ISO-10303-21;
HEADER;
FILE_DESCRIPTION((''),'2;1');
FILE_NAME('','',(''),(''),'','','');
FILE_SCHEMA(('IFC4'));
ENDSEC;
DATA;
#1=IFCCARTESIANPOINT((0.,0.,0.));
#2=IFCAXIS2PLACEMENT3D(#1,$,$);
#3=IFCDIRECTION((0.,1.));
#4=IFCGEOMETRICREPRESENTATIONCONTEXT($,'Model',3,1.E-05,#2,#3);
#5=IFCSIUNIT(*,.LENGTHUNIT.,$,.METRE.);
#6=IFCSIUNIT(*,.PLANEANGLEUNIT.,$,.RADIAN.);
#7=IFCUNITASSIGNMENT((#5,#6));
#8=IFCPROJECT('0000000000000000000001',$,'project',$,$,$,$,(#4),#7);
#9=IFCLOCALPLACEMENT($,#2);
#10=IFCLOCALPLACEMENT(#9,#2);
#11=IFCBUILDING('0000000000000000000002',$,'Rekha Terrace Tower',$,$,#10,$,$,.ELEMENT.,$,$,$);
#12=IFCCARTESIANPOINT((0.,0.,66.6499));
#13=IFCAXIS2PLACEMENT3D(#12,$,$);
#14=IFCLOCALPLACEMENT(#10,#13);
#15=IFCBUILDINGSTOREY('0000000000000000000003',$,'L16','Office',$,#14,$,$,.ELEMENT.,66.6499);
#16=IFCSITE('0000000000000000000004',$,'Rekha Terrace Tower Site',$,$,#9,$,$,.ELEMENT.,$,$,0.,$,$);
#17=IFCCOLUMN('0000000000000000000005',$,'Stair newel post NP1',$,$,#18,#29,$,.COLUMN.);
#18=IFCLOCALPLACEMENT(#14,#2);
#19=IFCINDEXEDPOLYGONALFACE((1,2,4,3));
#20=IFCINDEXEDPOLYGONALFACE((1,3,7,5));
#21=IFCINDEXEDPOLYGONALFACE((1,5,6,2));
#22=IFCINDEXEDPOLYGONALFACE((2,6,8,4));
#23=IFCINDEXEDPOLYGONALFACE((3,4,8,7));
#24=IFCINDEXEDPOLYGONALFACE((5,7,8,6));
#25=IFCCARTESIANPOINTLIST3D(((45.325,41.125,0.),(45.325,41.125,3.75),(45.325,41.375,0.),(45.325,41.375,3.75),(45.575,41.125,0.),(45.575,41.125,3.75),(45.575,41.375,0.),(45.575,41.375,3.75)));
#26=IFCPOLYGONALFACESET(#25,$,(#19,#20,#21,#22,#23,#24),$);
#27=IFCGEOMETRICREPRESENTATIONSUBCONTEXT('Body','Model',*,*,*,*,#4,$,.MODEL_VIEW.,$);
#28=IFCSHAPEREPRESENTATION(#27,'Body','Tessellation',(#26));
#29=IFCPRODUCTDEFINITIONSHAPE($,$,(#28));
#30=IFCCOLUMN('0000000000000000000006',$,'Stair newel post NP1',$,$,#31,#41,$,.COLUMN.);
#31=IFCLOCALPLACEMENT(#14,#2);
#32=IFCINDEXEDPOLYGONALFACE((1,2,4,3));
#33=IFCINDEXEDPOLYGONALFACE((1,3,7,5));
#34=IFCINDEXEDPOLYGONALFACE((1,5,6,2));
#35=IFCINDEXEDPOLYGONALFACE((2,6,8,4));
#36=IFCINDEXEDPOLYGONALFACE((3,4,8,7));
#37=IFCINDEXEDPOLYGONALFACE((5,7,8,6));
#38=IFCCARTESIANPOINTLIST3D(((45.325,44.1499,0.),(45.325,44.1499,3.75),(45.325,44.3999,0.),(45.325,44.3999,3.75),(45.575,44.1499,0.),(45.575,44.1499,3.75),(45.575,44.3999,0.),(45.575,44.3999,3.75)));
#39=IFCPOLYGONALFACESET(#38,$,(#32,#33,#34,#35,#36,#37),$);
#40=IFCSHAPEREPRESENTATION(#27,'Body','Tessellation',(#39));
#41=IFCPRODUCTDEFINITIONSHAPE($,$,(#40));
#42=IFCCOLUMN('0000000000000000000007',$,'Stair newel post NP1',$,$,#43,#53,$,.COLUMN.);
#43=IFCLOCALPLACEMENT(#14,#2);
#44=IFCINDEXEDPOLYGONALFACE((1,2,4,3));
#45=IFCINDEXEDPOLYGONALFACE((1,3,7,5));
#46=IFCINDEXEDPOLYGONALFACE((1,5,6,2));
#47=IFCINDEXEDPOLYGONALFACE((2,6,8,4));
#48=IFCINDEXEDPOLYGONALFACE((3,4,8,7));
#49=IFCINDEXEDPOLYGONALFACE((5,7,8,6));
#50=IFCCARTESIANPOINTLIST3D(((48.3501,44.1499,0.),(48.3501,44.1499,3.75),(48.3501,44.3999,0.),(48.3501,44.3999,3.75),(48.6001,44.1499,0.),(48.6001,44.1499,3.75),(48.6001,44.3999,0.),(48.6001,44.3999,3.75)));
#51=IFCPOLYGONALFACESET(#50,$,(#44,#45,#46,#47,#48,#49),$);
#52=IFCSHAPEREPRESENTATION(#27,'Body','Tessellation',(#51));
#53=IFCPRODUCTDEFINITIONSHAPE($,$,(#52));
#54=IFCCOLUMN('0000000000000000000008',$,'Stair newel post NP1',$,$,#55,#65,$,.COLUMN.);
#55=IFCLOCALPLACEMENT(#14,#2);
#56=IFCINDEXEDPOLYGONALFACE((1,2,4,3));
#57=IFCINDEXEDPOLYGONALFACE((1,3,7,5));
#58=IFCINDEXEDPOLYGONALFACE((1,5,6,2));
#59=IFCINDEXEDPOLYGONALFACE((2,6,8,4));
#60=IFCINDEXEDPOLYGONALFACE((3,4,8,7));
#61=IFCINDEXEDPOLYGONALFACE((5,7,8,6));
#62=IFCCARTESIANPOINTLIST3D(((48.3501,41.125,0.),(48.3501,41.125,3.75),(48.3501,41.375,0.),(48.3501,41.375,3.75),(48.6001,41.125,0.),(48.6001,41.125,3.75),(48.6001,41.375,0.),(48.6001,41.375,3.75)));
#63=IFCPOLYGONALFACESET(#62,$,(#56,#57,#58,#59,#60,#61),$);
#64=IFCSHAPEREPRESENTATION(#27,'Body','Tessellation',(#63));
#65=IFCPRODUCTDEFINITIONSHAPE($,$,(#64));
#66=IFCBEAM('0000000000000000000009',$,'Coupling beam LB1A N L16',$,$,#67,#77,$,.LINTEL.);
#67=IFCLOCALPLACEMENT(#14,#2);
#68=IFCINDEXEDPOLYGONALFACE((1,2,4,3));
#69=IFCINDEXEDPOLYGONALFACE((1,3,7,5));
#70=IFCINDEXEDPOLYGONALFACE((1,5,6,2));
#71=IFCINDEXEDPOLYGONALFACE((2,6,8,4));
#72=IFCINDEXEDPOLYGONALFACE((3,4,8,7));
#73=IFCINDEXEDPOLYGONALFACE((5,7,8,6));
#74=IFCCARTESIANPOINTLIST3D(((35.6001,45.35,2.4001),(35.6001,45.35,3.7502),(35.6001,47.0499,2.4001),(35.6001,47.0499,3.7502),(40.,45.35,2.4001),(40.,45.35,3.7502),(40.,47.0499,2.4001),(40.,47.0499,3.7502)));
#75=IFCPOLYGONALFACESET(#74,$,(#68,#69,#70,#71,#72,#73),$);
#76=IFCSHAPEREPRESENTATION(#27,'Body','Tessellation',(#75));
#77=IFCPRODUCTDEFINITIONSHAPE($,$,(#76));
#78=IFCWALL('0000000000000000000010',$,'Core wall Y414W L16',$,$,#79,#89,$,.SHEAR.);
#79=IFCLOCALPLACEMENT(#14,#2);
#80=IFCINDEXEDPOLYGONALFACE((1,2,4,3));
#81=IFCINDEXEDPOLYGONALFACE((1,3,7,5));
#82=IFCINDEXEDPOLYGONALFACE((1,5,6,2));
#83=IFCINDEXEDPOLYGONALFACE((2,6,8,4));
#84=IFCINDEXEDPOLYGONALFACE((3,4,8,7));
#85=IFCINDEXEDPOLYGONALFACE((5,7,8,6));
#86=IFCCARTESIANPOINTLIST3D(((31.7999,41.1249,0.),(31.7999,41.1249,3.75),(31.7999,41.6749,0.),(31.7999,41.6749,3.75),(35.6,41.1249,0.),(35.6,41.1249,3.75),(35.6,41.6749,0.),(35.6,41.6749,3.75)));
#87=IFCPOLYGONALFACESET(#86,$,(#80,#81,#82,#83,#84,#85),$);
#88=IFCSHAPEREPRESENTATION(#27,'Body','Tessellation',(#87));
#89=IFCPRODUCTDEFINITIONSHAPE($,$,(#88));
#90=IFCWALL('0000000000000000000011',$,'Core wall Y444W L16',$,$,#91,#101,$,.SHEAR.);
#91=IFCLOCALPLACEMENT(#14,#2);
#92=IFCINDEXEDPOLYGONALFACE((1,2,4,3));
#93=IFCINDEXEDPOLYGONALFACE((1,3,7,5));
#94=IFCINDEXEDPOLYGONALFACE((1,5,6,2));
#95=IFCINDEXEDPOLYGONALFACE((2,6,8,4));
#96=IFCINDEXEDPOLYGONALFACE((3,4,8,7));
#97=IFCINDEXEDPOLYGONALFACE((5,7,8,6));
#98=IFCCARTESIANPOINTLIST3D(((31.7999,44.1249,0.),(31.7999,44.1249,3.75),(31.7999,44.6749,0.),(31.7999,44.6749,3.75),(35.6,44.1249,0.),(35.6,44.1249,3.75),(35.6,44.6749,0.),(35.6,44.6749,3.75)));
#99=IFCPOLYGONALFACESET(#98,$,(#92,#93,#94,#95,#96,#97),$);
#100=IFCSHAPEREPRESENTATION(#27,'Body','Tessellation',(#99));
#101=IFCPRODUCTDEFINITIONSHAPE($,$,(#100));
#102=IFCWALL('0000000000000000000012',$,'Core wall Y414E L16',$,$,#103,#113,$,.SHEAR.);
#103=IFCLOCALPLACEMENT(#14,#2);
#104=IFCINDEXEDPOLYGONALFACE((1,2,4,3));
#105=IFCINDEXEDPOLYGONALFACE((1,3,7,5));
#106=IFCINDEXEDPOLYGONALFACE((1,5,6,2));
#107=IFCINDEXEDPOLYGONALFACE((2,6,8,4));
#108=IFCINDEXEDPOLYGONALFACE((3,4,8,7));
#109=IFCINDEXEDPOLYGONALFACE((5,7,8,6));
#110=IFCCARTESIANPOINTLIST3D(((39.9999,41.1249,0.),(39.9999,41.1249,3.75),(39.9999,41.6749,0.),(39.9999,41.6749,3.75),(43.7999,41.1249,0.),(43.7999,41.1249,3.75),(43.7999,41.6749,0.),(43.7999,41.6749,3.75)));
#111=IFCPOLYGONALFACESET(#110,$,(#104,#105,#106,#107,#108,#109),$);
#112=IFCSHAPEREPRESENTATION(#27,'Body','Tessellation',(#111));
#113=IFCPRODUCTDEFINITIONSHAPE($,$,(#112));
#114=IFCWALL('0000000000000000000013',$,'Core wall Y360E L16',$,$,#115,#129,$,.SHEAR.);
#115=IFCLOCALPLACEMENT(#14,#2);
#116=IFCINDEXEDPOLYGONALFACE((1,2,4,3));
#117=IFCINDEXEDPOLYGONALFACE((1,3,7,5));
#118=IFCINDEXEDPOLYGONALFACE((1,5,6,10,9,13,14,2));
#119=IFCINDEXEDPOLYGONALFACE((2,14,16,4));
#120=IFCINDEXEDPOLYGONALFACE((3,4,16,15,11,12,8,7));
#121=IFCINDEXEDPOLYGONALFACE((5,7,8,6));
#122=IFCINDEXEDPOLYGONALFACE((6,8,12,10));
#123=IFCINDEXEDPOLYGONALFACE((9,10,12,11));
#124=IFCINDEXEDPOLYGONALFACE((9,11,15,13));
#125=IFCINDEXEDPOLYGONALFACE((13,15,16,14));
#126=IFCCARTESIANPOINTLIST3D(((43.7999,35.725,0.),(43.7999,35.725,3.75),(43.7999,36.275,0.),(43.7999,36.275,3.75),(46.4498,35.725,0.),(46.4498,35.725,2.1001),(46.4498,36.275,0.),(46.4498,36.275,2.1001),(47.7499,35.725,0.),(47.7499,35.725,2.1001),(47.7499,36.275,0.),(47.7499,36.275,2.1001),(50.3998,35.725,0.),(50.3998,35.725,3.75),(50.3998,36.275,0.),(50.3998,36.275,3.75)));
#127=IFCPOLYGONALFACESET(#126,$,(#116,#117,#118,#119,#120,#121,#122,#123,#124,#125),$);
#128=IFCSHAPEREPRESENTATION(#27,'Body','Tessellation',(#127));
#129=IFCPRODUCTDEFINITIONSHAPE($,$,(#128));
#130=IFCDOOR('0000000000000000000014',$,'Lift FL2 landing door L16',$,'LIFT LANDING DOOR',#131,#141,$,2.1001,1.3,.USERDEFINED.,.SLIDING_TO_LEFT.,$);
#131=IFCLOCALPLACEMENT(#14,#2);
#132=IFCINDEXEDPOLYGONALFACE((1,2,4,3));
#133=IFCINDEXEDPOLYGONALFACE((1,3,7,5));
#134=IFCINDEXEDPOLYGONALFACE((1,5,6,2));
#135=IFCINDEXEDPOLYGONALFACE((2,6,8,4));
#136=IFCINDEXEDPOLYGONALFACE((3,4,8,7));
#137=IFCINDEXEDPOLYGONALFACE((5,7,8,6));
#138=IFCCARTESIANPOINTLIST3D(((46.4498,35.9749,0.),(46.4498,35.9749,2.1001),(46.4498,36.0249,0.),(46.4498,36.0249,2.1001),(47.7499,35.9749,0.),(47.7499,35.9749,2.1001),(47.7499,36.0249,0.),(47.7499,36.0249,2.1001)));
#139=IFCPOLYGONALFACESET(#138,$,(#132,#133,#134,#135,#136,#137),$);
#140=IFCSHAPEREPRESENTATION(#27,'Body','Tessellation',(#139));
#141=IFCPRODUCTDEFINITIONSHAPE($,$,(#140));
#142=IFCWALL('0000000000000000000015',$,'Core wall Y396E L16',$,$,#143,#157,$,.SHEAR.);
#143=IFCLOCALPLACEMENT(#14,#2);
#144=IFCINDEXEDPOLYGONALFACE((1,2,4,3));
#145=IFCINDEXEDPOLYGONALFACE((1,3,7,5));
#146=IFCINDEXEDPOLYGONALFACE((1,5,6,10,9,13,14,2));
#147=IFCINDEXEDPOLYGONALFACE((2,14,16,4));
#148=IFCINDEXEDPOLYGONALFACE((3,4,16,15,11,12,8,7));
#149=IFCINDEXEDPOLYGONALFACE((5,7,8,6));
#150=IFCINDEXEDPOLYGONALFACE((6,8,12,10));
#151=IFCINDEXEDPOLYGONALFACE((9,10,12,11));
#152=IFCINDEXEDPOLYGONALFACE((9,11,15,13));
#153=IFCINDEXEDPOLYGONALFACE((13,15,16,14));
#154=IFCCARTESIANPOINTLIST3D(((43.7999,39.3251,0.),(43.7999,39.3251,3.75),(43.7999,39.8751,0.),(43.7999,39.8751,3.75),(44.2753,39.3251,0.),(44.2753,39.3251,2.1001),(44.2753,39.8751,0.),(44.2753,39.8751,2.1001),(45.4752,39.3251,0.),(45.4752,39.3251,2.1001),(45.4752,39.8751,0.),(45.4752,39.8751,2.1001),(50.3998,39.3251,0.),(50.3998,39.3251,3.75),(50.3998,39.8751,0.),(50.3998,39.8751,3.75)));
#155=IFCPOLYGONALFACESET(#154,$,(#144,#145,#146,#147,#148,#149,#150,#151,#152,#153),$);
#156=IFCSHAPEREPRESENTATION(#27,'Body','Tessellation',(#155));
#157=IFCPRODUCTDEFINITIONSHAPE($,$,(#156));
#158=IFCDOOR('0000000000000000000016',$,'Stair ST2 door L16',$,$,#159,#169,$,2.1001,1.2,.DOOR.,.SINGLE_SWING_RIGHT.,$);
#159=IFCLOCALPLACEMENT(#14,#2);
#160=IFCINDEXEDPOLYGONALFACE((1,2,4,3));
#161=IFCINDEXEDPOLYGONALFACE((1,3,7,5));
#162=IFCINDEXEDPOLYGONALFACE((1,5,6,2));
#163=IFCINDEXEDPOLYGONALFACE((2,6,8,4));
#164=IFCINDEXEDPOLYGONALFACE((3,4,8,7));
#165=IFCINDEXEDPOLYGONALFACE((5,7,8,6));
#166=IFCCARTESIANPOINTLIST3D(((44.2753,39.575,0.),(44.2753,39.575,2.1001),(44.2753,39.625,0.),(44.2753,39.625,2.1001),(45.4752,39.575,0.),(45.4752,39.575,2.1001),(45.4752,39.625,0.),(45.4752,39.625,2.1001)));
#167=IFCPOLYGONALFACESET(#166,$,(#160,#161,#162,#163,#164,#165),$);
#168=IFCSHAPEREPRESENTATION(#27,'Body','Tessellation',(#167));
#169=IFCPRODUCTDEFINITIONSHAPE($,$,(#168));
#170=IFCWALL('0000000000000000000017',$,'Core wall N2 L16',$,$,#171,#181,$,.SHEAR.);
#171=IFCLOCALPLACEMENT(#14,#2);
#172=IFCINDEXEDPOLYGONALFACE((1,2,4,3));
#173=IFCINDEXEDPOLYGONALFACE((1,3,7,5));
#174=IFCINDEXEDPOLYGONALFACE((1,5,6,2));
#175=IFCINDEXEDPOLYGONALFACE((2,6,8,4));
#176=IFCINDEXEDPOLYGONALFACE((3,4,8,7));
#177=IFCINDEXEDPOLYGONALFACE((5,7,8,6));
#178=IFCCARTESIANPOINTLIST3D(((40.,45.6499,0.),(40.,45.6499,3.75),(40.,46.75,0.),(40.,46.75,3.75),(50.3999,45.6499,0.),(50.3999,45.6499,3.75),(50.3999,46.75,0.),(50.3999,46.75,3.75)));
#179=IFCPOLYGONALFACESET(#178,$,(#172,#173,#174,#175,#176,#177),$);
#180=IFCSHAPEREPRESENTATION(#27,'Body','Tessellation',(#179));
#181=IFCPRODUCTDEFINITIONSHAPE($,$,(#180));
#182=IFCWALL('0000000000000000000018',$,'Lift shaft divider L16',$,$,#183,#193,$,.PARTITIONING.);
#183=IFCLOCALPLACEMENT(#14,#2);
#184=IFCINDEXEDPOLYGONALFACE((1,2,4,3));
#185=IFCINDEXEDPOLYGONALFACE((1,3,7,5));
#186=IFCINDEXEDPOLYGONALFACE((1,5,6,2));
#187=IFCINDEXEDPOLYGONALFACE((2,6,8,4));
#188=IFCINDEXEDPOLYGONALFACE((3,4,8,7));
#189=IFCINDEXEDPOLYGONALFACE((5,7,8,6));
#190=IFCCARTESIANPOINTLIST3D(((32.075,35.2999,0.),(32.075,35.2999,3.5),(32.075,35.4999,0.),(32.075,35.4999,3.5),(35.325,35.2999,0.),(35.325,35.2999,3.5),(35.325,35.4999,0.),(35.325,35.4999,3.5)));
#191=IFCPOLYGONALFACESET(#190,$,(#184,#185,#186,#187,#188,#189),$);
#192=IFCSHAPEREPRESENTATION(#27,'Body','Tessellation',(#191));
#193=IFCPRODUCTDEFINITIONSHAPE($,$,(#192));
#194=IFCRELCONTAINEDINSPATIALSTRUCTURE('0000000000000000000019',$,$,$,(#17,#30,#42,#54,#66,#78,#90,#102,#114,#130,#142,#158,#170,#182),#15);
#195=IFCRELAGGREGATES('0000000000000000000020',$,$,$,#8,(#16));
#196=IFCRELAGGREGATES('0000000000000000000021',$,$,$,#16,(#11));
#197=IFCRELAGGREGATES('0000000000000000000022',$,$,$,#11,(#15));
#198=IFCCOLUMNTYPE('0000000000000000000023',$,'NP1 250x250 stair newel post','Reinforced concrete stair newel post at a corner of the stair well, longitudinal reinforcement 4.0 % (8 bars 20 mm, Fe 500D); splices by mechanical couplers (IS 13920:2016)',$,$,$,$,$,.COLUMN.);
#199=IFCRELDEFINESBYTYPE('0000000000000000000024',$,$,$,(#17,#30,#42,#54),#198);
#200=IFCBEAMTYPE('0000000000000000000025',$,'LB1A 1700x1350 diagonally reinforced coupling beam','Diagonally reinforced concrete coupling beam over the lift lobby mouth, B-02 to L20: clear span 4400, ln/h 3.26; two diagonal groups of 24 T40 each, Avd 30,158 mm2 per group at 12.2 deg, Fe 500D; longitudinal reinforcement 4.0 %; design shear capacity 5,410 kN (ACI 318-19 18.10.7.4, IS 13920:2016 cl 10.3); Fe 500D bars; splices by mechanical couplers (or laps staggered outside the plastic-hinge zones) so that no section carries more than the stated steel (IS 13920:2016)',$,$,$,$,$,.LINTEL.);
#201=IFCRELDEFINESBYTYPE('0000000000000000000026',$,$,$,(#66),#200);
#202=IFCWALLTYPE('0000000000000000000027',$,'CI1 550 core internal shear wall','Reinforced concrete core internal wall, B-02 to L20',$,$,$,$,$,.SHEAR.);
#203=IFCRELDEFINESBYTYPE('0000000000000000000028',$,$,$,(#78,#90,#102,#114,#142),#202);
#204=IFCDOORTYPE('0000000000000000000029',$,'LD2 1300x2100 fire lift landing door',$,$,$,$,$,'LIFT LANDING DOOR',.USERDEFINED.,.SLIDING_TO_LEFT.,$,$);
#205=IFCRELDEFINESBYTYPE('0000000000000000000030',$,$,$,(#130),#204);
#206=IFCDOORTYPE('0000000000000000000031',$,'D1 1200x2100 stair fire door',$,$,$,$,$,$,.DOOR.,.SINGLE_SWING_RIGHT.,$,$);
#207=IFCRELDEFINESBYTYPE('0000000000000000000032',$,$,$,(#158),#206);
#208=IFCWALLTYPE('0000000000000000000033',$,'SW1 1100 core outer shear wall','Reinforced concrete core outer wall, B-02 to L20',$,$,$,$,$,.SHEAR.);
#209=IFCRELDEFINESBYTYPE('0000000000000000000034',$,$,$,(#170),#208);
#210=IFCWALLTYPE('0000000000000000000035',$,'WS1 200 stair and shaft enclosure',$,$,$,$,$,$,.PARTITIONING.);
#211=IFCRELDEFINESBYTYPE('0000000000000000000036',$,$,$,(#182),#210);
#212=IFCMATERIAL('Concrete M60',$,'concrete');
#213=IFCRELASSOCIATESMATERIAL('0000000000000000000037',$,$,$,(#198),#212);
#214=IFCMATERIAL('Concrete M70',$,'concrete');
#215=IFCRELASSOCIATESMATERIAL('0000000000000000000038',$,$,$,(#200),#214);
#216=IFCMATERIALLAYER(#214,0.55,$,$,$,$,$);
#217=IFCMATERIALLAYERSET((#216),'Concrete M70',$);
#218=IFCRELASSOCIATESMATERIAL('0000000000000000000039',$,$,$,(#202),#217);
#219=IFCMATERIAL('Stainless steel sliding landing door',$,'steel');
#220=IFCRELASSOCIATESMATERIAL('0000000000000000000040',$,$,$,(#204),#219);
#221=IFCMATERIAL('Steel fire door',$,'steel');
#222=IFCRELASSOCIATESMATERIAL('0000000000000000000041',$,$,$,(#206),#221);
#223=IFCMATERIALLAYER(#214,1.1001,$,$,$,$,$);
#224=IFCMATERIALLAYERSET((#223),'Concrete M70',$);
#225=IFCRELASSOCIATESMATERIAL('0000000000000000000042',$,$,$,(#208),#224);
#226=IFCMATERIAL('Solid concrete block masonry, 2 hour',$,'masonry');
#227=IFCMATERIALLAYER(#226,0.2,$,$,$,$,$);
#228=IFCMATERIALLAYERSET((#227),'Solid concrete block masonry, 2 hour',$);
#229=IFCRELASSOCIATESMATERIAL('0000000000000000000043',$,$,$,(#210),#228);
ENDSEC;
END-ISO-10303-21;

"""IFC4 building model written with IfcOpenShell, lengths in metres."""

from ifc_helpers import new_model, si_unit, direction, frame, frame_2d, origin, origin_2d, place, context, subcontext, project, spatial, rectangle, extrude, material, layer, layer_set, material_profile, profile_set, type_object, element, fill, save


model = new_model("IFC4")

# Units and contexts
model_context = context("Model", 3, precision=1e-05, world=origin(), true_north=direction((0.0, 1.0)))
body_context = subcontext(model_context, "Body", "Model", "MODEL_VIEW")
ifc_project = project(units=[si_unit("LENGTHUNIT", "METRE"), si_unit("PLANEANGLEUNIT", "RADIAN")], contexts=[model_context])

# Site, building, storey
site_placement = place(None, origin())
site = spatial("IfcSite", under=ifc_project, at=site_placement, Name="Rekha Terrace Tower Site", CompositionType="ELEMENT", RefElevation=0.0)
building_placement = place(site_placement, origin())
building = spatial("IfcBuilding", under=site, at=building_placement, Name="Rekha Terrace Tower", CompositionType="ELEMENT")
storey_placement = place(building_placement, frame((0.0, 0.0, 66.6499)))
storey = spatial("IfcBuildingStorey", under=building, at=storey_placement, Name="L16", Description="Office", CompositionType="ELEMENT", Elevation=66.6499)

# Columns
ifc_material_1 = material(Name="Concrete M60", Category="concrete")
ifc_material_profile_1 = material_profile(ifc_material_1, rectangle(XDim=0.25, YDim=0.25, at=origin_2d()), Name="RC 250x250")
ifc_profile_set_1 = profile_set([ifc_material_profile_1], Name="Concrete M60")
column_type = type_object("IfcColumnType", Name="NP1 250x250 stair newel post", Description="Reinforced concrete stair newel post at a corner of the stair well, longitudinal reinforcement 4.0 % (8 bars 20 mm, Fe 500D); splices by mechanical couplers (IS 13920:2016)", PredefinedType="COLUMN", material=ifc_profile_set_1)
for number, where, z_axis, x_axis, name in (
    (1, (45.45, 41.25, 0.0), (0.0, 0.0, 1.0), (1.0, 0.0, 0.0), "Stair newel post NP1"),
    (2, (45.45, 44.2749, 0.0), (0.0, 0.0, 1.0), (1.0, 0.0, 0.0), "Stair newel post NP1"),
    (3, (48.4751, 44.2749, 0.0), (0.0, 0.0, 1.0), (1.0, 0.0, 0.0), "Stair newel post NP1"),
    (4, (48.4751, 41.25, 0.0), (0.0, 0.0, 1.0), (1.0, 0.0, 0.0), "Stair newel post NP1"),
):
    element("IfcColumn", number, at=place(storey_placement, frame(where, z_axis=z_axis, x_axis=x_axis)), inside=storey, type_object=column_type, Name=name, PredefinedType="COLUMN", context=body_context, shape_type="SweptSolid", body=[
        extrude(rectangle(XDim=0.25, YDim=0.25, at=origin_2d()), origin(), (0.0, 0.0, 1.0), 3.75),
    ])

# Beam
ifc_material_2 = material(Name="Concrete M70", Category="concrete")
ifc_material_profile_2 = material_profile(ifc_material_2, rectangle(XDim=1.7, YDim=1.3501, at=origin_2d()), Name="RC 1700x1350")
ifc_profile_set_2 = profile_set([ifc_material_profile_2], Name="Concrete M70")
beam_type = type_object("IfcBeamType", Name="LB1A 1700x1350 diagonally reinforced coupling beam", Description="Diagonally reinforced concrete coupling beam over the lift lobby mouth, B-02 to L20: clear span 4400, ln/h 3.26; two diagonal groups of 24 T40 each, Avd 30,158 mm2 per group at 12.2 deg, Fe 500D; longitudinal reinforcement 4.0 %; design shear capacity 5,410 kN (ACI 318-19 18.10.7.4, IS 13920:2016 cl 10.3); Fe 500D bars; splices by mechanical couplers (or laps staggered outside the plastic-hinge zones) so that no section carries more than the stated steel (IS 13920:2016)", PredefinedType="LINTEL", material=ifc_profile_set_2)
beam_placement = place(storey_placement, frame((35.6001, 46.2, 3.0752), z_axis=(1.0, 0.0, 0.0), x_axis=(0.0, 1.0, 0.0)))
element("IfcBeam", 5, at=beam_placement, inside=storey, type_object=beam_type, Name="Coupling beam LB1A N L16", PredefinedType="LINTEL", context=body_context, shape_type="SweptSolid", body=[
    extrude(rectangle(XDim=1.7, YDim=1.3501, at=origin_2d()), origin(), (0.0, 0.0, 1.0), 4.3999),
])

# Walls
ifc_layer_1 = layer(ifc_material_2, 0.55)
ifc_layer_set_1 = layer_set([ifc_layer_1], Name="Concrete M70")
wall_type_1 = type_object("IfcWallType", Name="CI1 550 core internal shear wall", Description="Reinforced concrete core internal wall, B-02 to L20", PredefinedType="SHEAR", material=ifc_layer_set_1)
for number, where, z_axis, x_axis, name in (
    (6, (31.8, 41.3999, 0.0), (0.0, 0.0, 1.0), (1.0, 0.0, 0.0), "Core wall Y414W L16"),
    (7, (31.8, 44.3999, 0.0), (0.0, 0.0, 1.0), (1.0, 0.0, 0.0), "Core wall Y444W L16"),
    (8, (40.0, 41.3999, 0.0), (0.0, 0.0, 1.0), (1.0, 0.0, 0.0), "Core wall Y414E L16"),
):
    element("IfcWall", number, at=place(storey_placement, frame(where, z_axis=z_axis, x_axis=x_axis)), inside=storey, type_object=wall_type_1, Name=name, PredefinedType="SHEAR", context=body_context, shape_type="SweptSolid", body=[
        extrude(rectangle(XDim=3.8, YDim=0.55, at=frame_2d((1.8999, 0.0))), origin(), (0.0, 0.0, 1.0), 3.75),
    ])

# Walls, openings, doors
wall_1_placement = place(storey_placement, frame((43.8, 36.0, 0.0), z_axis=(0.0, 0.0, 1.0), x_axis=(1.0, 0.0, 0.0)))
wall_1 = element("IfcWall", 9, at=wall_1_placement, inside=storey, type_object=wall_type_1, Name="Core wall Y360E L16", PredefinedType="SHEAR", context=body_context, shape_type="SweptSolid", body=[
    extrude(rectangle(XDim=6.5999, YDim=0.55, at=frame_2d((3.2998, 0.0))), origin(), (0.0, 0.0, 1.0), 3.75),
])
opening_1_placement = place(wall_1_placement, frame((2.6499, 0.0, 0.0)))
opening_1 = element("IfcOpeningElement", 10, at=opening_1_placement, cuts=wall_1, PredefinedType="OPENING", context=body_context, shape_type="SweptSolid", body=[
    extrude(rectangle(XDim=1.3, YDim=2.1001, at=frame_2d((0.6499, 1.05))), frame((0.0, 0.2849, 0.0), z_axis=(0.0, -1.0, 0.0), x_axis=(1.0, 0.0, 0.0)), (0.0, 0.0, 1.0), 0.5701),
])
ifc_material_3 = material(Name="Stainless steel sliding landing door", Category="steel")
door_type_1 = type_object("IfcDoorType", Name="LD2 1300x2100 fire lift landing door", ElementType="LIFT LANDING DOOR", OperationType="SLIDING_TO_LEFT", PredefinedType="USERDEFINED", material=ifc_material_3)
door_1_placement = place(opening_1_placement, origin())
door_1 = element("IfcDoor", 11, at=door_1_placement, inside=storey, type_object=door_type_1, Name="Lift FL2 landing door L16", ObjectType="LIFT LANDING DOOR", OperationType="SLIDING_TO_LEFT", OverallHeight=2.1001, OverallWidth=1.3, PredefinedType="USERDEFINED", context=body_context, shape_type="SweptSolid", body=[
    extrude(rectangle(XDim=1.3, YDim=2.1001, at=frame_2d((0.6499, 1.05))), frame((0.0, 0.0249, 0.0), z_axis=(0.0, -1.0, 0.0), x_axis=(1.0, 0.0, 0.0)), (0.0, 0.0, 1.0), 0.05),
])
fill(opening_1, door_1)
wall_2_placement = place(storey_placement, frame((43.8, 39.6001, 0.0), z_axis=(0.0, 0.0, 1.0), x_axis=(1.0, 0.0, 0.0)))
wall_2 = element("IfcWall", 12, at=wall_2_placement, inside=storey, type_object=wall_type_1, Name="Core wall Y396E L16", PredefinedType="SHEAR", context=body_context, shape_type="SweptSolid", body=[
    extrude(rectangle(XDim=6.5999, YDim=0.55, at=frame_2d((3.2998, 0.0))), origin(), (0.0, 0.0, 1.0), 3.75),
])
opening_2_placement = place(wall_2_placement, frame((0.4751, 0.0, 0.0)))
opening_2 = element("IfcOpeningElement", 13, at=opening_2_placement, cuts=wall_2, PredefinedType="OPENING", context=body_context, shape_type="SweptSolid", body=[
    extrude(rectangle(XDim=1.2, YDim=2.1001, at=frame_2d((0.6001, 1.05))), frame((0.0, 0.2849, 0.0), z_axis=(0.0, -1.0, 0.0), x_axis=(1.0, 0.0, 0.0)), (0.0, 0.0, 1.0), 0.5701),
])
ifc_material_4 = material(Name="Steel fire door", Category="steel")
door_type_2 = type_object("IfcDoorType", Name="D1 1200x2100 stair fire door", OperationType="SINGLE_SWING_RIGHT", PredefinedType="DOOR", material=ifc_material_4)
door_2_placement = place(opening_2_placement, origin())
door_2 = element("IfcDoor", 14, at=door_2_placement, inside=storey, type_object=door_type_2, Name="Stair ST2 door L16", OperationType="SINGLE_SWING_RIGHT", OverallHeight=2.1001, OverallWidth=1.2, PredefinedType="DOOR", context=body_context, shape_type="SweptSolid", body=[
    extrude(rectangle(XDim=1.2, YDim=2.1001, at=frame_2d((0.6001, 1.05))), frame((0.0, 0.0249, 0.0), z_axis=(0.0, -1.0, 0.0), x_axis=(1.0, 0.0, 0.0)), (0.0, 0.0, 1.0), 0.05),
])
fill(opening_2, door_2)

# Walls
ifc_layer_2 = layer(ifc_material_2, 1.1001)
ifc_layer_set_2 = layer_set([ifc_layer_2], Name="Concrete M70")
wall_type_2 = type_object("IfcWallType", Name="SW1 1100 core outer shear wall", Description="Reinforced concrete core outer wall, B-02 to L20", PredefinedType="SHEAR", material=ifc_layer_set_2)
wall_3_placement = place(storey_placement, frame((40.0, 46.2, 0.0), z_axis=(0.0, 0.0, 1.0), x_axis=(1.0, 0.0, 0.0)))
element("IfcWall", 15, at=wall_3_placement, inside=storey, type_object=wall_type_2, Name="Core wall N2 L16", PredefinedType="SHEAR", context=body_context, shape_type="SweptSolid", body=[
    extrude(rectangle(XDim=10.3999, YDim=1.1001, at=frame_2d((5.2, 0.0))), origin(), (0.0, 0.0, 1.0), 3.75),
])
ifc_material_5 = material(Name="Solid concrete block masonry, 2 hour", Category="masonry")
ifc_layer_3 = layer(ifc_material_5, 0.2)
ifc_layer_set_3 = layer_set([ifc_layer_3], Name="Solid concrete block masonry, 2 hour")
wall_type_3 = type_object("IfcWallType", Name="WS1 200 stair and shaft enclosure", PredefinedType="PARTITIONING", material=ifc_layer_set_3)
for number, where, z_axis, x_axis, name in (
    (16, (32.075, 35.3999, 0.0), (0.0, 0.0, 1.0), (1.0, 0.0, 0.0), "Lift shaft divider L16"),
):
    element("IfcWall", number, at=place(storey_placement, frame(where, z_axis=z_axis, x_axis=x_axis)), inside=storey, type_object=wall_type_3, Name=name, PredefinedType="PARTITIONING", context=body_context, shape_type="SweptSolid", body=[
        extrude(rectangle(XDim=3.25, YDim=0.2, at=frame_2d((1.625, 0.0))), origin(), (0.0, 0.0, 1.0), 3.5),
    ])

save(model, "model.ifc")
